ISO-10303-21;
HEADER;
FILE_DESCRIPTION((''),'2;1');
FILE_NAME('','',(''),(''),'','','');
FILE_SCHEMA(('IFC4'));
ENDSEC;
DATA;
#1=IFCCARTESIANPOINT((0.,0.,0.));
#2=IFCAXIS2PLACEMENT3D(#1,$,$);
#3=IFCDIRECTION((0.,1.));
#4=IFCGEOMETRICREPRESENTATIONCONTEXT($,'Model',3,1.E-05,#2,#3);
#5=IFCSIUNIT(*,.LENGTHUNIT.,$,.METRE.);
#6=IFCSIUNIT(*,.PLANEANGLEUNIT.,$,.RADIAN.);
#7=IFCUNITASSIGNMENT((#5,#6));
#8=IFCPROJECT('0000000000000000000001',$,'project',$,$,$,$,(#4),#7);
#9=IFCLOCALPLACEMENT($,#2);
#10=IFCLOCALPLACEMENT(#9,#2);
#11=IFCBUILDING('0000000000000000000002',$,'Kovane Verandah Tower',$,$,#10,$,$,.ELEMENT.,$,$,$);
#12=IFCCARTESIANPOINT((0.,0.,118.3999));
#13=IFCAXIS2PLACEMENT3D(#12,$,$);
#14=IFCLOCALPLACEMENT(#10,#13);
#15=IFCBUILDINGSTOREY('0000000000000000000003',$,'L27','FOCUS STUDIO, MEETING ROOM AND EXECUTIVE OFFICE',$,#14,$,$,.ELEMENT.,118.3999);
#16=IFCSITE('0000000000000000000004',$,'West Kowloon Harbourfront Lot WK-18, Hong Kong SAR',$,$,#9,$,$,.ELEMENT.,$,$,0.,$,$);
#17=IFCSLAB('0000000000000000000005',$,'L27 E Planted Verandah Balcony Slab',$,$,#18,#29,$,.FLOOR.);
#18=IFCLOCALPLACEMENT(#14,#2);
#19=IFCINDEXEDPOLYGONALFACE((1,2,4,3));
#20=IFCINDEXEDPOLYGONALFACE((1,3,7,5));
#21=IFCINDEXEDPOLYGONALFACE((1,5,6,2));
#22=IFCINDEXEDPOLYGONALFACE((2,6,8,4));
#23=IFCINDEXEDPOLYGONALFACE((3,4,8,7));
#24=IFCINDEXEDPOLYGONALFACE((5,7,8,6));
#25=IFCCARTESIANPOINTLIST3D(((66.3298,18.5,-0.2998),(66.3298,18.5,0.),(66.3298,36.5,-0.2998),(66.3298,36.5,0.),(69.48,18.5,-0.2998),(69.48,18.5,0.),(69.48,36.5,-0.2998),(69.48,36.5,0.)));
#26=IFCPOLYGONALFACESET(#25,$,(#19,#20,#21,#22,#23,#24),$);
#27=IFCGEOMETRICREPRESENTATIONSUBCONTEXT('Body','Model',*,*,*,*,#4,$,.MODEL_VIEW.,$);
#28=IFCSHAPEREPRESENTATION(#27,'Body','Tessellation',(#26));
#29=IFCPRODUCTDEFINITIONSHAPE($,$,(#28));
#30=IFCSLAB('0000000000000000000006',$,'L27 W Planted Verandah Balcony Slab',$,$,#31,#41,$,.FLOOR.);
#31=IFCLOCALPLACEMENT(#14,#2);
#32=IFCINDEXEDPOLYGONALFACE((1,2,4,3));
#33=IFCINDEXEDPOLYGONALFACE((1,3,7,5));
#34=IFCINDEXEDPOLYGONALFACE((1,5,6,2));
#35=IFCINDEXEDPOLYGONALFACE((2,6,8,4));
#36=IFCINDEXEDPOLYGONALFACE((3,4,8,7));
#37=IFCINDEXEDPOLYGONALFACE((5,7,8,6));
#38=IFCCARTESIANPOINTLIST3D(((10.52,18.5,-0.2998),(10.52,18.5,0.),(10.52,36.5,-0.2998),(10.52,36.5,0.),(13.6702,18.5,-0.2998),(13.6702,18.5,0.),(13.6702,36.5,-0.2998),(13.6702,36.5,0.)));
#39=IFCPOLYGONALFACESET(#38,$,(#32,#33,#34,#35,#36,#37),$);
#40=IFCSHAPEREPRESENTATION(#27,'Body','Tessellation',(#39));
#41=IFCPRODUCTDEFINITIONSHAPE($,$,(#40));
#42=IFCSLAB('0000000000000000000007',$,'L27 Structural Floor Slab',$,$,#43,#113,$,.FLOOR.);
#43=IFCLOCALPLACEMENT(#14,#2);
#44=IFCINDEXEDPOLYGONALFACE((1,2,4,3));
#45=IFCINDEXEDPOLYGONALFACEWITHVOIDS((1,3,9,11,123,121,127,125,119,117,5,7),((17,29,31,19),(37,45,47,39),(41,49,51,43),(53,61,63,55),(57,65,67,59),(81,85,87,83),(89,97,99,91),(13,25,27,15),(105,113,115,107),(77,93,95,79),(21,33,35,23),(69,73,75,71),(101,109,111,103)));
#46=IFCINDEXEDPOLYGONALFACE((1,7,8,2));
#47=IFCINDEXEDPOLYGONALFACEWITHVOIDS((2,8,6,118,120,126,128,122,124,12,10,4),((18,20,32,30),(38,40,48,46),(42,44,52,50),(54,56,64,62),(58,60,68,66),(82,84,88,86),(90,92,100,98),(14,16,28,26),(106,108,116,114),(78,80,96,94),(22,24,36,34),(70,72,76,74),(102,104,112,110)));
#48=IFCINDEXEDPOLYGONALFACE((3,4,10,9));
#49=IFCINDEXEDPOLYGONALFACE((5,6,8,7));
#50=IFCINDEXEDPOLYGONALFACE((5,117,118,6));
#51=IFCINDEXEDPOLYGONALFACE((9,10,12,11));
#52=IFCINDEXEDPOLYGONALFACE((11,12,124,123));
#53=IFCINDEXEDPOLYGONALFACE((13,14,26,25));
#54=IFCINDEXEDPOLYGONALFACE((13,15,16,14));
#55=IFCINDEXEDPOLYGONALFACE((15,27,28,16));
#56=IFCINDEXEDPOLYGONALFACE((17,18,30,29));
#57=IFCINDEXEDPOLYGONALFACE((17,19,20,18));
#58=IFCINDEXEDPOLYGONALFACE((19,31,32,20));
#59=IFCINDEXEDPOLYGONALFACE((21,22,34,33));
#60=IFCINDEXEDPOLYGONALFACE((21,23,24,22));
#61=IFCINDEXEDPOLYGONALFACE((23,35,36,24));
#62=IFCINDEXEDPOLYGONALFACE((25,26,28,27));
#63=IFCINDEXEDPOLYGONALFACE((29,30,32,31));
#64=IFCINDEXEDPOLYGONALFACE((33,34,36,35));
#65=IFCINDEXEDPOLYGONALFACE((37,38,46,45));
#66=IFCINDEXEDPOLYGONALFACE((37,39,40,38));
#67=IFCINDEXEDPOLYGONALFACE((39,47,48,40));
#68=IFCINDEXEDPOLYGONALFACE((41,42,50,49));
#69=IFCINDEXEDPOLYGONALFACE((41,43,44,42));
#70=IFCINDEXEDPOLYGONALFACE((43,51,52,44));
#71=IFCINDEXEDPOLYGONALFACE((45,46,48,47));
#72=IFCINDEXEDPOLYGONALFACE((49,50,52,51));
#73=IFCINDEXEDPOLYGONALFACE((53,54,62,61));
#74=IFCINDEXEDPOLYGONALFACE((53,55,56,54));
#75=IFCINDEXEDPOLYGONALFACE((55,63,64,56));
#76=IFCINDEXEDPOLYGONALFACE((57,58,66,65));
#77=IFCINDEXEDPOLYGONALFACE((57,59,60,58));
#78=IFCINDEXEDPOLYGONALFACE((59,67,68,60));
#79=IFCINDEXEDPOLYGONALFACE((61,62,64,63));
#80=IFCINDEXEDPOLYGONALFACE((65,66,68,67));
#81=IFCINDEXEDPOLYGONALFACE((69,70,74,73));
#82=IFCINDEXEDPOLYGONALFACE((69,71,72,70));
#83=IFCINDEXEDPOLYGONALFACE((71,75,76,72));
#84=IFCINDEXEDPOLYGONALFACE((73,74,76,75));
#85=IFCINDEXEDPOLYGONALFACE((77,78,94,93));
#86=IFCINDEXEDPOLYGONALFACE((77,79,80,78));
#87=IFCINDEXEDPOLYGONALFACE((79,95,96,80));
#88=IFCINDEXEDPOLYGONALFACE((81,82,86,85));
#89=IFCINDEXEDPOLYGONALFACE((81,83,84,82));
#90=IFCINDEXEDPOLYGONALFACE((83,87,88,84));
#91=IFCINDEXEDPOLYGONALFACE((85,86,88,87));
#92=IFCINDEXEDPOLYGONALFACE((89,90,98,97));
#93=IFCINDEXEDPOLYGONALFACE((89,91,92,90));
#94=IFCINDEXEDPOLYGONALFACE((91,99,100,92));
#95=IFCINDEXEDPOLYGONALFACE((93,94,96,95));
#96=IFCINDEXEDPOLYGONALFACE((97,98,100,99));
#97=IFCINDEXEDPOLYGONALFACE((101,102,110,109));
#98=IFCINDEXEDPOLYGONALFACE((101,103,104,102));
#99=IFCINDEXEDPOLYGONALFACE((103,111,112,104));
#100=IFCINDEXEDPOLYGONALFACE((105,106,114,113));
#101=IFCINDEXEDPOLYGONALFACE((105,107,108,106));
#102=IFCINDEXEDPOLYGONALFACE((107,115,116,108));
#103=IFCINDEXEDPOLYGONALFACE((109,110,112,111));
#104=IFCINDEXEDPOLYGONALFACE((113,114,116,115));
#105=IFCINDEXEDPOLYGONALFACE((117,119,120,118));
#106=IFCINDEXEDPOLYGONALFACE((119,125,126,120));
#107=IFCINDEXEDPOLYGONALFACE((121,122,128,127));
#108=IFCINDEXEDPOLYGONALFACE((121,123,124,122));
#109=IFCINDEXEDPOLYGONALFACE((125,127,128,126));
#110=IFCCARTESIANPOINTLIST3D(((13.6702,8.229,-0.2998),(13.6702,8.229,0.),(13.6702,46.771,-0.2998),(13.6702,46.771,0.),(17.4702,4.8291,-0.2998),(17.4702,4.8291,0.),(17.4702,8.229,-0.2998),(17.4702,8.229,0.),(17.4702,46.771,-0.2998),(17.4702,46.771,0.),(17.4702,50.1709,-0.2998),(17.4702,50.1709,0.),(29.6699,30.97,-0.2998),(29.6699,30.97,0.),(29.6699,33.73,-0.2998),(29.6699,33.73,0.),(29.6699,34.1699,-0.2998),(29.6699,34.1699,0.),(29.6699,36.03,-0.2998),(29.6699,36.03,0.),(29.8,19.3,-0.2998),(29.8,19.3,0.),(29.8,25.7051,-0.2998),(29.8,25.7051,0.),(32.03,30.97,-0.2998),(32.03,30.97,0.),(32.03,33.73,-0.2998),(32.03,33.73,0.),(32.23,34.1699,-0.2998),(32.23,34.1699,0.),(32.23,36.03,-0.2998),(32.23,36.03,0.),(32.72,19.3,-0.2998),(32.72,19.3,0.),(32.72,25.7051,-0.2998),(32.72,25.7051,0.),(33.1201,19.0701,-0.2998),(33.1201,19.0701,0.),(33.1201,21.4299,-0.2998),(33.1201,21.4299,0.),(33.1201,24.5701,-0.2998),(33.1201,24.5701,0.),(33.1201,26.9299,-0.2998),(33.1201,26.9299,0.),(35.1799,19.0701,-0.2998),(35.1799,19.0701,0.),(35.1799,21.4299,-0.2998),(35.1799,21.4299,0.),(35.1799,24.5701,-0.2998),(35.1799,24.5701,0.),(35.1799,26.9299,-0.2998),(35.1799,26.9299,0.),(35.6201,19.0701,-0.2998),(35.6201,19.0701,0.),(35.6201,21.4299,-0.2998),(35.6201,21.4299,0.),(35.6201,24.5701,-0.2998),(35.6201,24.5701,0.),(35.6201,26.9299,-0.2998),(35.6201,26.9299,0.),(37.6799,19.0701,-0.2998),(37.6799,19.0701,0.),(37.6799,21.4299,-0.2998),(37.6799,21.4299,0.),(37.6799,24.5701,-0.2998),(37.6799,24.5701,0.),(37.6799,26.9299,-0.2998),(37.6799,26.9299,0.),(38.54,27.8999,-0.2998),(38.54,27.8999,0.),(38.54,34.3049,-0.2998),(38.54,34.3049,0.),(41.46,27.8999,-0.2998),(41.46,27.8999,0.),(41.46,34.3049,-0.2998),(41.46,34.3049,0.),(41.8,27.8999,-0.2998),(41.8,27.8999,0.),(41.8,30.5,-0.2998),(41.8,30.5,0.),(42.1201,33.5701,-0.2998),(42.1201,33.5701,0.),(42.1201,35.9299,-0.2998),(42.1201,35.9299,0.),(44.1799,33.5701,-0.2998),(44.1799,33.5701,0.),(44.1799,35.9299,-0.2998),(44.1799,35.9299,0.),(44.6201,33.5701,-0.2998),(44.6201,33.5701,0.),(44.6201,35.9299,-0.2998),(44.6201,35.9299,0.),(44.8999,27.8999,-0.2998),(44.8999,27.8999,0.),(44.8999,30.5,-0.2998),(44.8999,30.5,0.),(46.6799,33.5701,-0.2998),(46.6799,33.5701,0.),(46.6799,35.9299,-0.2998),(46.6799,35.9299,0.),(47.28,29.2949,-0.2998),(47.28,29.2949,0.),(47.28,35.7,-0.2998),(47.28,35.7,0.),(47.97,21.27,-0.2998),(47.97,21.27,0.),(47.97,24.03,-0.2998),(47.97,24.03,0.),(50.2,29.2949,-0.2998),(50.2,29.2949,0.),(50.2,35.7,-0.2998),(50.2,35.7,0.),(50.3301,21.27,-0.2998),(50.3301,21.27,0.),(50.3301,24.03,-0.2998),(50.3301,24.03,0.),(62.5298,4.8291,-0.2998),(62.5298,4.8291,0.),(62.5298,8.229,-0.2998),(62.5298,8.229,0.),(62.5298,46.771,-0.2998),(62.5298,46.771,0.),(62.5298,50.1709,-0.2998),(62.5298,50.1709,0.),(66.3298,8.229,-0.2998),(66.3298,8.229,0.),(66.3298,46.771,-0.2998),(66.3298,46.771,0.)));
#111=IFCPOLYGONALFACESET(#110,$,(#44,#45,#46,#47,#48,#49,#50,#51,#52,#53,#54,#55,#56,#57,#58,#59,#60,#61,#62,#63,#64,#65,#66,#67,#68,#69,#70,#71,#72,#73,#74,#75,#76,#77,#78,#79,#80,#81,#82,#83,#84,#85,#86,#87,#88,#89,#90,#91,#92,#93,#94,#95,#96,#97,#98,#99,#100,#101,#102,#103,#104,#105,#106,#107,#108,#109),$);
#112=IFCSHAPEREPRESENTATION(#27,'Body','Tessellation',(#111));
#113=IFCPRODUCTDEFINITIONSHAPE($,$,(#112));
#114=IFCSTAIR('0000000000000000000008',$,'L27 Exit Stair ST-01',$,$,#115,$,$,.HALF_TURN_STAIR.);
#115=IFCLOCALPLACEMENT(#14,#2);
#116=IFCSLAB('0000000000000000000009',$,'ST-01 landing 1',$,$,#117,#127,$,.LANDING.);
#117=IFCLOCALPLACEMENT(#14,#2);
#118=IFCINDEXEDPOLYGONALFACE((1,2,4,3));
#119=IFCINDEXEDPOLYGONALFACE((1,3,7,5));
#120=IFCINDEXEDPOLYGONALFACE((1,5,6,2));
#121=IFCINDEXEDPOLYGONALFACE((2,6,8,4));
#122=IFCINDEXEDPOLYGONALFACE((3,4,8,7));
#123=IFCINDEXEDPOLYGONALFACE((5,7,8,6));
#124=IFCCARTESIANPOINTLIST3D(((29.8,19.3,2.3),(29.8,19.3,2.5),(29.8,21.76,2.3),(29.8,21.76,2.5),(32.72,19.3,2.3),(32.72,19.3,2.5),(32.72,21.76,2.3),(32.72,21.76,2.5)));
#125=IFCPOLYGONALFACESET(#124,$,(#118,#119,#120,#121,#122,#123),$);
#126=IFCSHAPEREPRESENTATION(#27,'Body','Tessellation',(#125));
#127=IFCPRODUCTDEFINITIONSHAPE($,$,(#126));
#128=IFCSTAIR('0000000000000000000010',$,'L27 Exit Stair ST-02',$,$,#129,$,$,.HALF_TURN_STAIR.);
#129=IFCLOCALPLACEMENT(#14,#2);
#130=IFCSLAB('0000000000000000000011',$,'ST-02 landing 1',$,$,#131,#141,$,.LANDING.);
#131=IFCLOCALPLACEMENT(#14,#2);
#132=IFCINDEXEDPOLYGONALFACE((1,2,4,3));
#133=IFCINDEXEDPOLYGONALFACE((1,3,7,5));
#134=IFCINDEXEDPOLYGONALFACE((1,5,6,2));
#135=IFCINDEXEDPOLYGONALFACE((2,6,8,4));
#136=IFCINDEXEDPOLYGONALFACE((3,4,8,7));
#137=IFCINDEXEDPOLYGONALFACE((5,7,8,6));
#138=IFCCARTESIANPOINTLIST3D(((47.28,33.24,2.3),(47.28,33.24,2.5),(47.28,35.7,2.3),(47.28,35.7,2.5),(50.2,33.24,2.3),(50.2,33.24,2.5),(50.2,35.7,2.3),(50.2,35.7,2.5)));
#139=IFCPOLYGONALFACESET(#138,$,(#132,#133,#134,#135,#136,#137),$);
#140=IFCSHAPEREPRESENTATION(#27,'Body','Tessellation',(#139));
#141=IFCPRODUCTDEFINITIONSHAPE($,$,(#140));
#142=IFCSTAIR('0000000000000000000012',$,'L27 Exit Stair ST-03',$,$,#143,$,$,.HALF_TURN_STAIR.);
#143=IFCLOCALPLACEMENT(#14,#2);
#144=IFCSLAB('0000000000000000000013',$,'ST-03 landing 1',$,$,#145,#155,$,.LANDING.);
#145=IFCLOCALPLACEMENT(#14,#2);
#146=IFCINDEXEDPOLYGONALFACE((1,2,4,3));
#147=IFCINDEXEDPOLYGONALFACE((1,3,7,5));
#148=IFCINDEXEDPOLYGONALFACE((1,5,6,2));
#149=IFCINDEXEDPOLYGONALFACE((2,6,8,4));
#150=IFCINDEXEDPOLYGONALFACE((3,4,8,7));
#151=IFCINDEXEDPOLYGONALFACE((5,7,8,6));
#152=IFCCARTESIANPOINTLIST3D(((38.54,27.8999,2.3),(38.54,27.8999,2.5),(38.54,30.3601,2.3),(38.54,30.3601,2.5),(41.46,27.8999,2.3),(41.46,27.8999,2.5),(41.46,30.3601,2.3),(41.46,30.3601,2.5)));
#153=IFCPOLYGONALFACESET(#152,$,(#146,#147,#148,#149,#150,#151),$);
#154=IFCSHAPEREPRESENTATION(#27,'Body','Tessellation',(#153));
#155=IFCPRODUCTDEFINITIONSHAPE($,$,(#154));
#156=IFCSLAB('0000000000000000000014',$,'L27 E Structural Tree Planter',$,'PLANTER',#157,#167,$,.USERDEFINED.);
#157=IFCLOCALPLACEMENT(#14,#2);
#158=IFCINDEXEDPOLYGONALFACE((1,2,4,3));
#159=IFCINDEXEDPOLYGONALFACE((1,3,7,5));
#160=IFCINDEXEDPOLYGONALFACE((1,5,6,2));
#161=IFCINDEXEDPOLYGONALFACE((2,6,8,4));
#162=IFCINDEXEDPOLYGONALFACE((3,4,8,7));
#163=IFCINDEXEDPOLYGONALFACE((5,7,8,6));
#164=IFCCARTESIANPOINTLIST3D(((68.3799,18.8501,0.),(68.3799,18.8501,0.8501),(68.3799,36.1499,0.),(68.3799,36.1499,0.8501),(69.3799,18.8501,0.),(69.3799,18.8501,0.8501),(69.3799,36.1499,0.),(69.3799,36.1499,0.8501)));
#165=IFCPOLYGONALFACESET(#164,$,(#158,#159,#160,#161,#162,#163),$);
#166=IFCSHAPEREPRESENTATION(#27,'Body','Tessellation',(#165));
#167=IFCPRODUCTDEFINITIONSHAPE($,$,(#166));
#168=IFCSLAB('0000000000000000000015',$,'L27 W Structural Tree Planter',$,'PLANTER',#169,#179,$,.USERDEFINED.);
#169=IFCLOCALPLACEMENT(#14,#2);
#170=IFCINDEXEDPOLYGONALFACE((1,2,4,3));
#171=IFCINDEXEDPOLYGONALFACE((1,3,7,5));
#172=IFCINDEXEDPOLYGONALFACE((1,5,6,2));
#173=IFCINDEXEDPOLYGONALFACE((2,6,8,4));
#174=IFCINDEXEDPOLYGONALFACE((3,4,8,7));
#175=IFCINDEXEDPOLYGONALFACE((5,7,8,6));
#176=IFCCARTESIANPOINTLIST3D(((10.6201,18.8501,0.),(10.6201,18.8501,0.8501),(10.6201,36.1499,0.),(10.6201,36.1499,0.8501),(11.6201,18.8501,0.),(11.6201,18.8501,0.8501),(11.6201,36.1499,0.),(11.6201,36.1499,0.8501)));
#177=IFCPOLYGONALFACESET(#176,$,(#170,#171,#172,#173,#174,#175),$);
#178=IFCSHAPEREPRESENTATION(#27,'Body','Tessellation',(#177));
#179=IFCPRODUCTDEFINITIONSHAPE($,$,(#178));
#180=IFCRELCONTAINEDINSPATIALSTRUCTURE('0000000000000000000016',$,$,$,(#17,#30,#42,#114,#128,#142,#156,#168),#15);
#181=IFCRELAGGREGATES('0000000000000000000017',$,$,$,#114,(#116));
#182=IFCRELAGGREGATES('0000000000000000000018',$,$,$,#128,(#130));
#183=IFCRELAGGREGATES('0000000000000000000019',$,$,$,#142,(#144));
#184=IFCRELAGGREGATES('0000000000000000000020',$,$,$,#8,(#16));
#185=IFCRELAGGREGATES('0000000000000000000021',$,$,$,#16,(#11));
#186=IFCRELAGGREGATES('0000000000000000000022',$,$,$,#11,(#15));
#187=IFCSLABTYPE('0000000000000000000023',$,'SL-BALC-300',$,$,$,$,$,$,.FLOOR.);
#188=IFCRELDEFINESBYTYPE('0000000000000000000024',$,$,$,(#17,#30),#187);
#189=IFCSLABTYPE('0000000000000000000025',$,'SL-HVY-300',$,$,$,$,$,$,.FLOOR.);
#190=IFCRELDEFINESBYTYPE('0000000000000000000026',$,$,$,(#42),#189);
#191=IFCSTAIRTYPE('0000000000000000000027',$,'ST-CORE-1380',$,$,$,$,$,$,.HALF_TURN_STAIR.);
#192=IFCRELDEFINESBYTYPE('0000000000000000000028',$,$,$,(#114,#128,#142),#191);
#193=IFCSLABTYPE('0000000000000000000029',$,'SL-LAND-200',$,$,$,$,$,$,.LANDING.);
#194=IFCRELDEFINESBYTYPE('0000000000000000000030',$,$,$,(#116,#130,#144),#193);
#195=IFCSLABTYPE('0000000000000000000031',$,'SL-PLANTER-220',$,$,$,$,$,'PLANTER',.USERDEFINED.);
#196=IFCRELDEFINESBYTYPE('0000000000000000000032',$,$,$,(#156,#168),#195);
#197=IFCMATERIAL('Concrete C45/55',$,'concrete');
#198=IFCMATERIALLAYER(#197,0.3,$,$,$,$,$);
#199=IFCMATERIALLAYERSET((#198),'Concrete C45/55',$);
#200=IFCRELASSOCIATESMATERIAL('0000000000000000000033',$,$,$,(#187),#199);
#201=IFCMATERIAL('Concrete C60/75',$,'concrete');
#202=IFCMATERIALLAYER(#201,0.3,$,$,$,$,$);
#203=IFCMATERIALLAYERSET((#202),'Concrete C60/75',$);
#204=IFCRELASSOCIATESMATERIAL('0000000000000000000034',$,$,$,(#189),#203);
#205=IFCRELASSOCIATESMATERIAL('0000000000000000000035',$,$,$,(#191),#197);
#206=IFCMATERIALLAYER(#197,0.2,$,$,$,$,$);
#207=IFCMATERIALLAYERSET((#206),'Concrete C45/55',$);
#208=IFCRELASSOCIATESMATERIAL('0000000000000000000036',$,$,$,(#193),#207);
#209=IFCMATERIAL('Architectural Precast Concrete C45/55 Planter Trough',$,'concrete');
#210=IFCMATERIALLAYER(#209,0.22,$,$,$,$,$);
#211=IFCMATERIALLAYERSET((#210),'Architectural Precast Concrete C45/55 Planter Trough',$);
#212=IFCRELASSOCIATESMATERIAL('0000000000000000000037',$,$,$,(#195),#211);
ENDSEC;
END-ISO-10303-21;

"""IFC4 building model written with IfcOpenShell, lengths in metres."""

from ifc_helpers import new_model, si_unit, direction, frame, origin, place, context, subcontext, project, spatial, polyline, outline, extrude, material, layer, layer_set, type_object, element, aggregate, save


model = new_model("IFC4")

# Units and contexts
model_context = context("Model", 3, precision=1e-05, world=origin(), true_north=direction((0.0, 1.0)))
body_context = subcontext(model_context, "Body", "Model", "MODEL_VIEW")
ifc_project = project(units=[si_unit("LENGTHUNIT", "METRE"), si_unit("PLANEANGLEUNIT", "RADIAN")], contexts=[model_context])

# Site, building, storey
site_placement = place(None, origin())
site = spatial("IfcSite", under=ifc_project, at=site_placement, Name="West Kowloon Harbourfront Lot WK-18, Hong Kong SAR", CompositionType="ELEMENT", RefElevation=0.0)
building_placement = place(site_placement, origin())
building = spatial("IfcBuilding", under=site, at=building_placement, Name="Kovane Verandah Tower", CompositionType="ELEMENT")
storey_placement = place(building_placement, frame((0.0, 0.0, 118.3999)))
storey = spatial("IfcBuildingStorey", under=building, at=storey_placement, Name="L27", Description="FOCUS STUDIO, MEETING ROOM AND EXECUTIVE OFFICE", CompositionType="ELEMENT", Elevation=118.3999)

# Slabs
ifc_material_1 = material(Name="Concrete C45/55", Category="concrete")
ifc_layer_1 = layer(ifc_material_1, 0.3)
ifc_layer_set_1 = layer_set([ifc_layer_1], Name="Concrete C45/55")
slab_type_1 = type_object("IfcSlabType", Name="SL-BALC-300", PredefinedType="FLOOR", material=ifc_layer_set_1)
slab_1_placement = place(storey_placement, frame((0.0, 0.0, -0.2998)))
element("IfcSlab", 1, at=slab_1_placement, inside=storey, type_object=slab_type_1, Name="L27 E Planted Verandah Balcony Slab", PredefinedType="FLOOR", context=body_context, shape_type="SweptSolid", body=[
    extrude(outline(polyline([(66.3298, 18.5), (69.48, 18.5), (69.48, 36.5), (66.3298, 36.5), (66.3298, 18.5)])), origin(), (0.0, 0.0, 1.0), 0.2998),
])
slab_2_placement = place(storey_placement, frame((0.0, 0.0, -0.2998)))
element("IfcSlab", 2, at=slab_2_placement, inside=storey, type_object=slab_type_1, Name="L27 W Planted Verandah Balcony Slab", PredefinedType="FLOOR", context=body_context, shape_type="SweptSolid", body=[
    extrude(outline(polyline([(10.52, 18.5), (13.6702, 18.5), (13.6702, 36.5), (10.52, 36.5), (10.52, 18.5)])), origin(), (0.0, 0.0, 1.0), 0.2998),
])
ifc_material_2 = material(Name="Concrete C60/75", Category="concrete")
ifc_layer_2 = layer(ifc_material_2, 0.3)
ifc_layer_set_2 = layer_set([ifc_layer_2], Name="Concrete C60/75")
slab_type_2 = type_object("IfcSlabType", Name="SL-HVY-300", PredefinedType="FLOOR", material=ifc_layer_set_2)
slab_3_placement = place(storey_placement, frame((0.0, 0.0, -0.2998)))
element("IfcSlab", 3, at=slab_3_placement, inside=storey, type_object=slab_type_2, Name="L27 Structural Floor Slab", PredefinedType="FLOOR", context=body_context, shape_type="SweptSolid", body=[
    extrude(outline(polyline([(17.4702, 4.8291), (62.5298, 4.8291), (62.5298, 8.229), (66.3298, 8.229), (66.3298, 46.771), (62.5298, 46.771), (62.5298, 50.1709), (17.4702, 50.1709), (17.4702, 46.771), (13.6702, 46.771), (13.6702, 8.229), (17.4702, 8.229), (17.4702, 4.8291)]), holes=[polyline([(29.8, 19.3), (32.72, 19.3), (32.72, 25.7051), (29.8, 25.7051), (29.8, 19.3)]), polyline([(47.28, 29.2949), (50.2, 29.2949), (50.2, 35.7), (47.28, 35.7), (47.28, 29.2949)]), polyline([(38.54, 27.8999), (41.46, 27.8999), (41.46, 34.3049), (38.54, 34.3049), (38.54, 27.8999)]), polyline([(29.6699, 30.97), (32.03, 30.97), (32.03, 33.73), (29.6699, 33.73), (29.6699, 30.97)]), polyline([(47.97, 21.27), (50.3301, 21.27), (50.3301, 24.03), (47.97, 24.03), (47.97, 21.27)]), polyline([(29.6699, 34.1699), (32.23, 34.1699), (32.23, 36.03), (29.6699, 36.03), (29.6699, 34.1699)]), polyline([(33.1201, 19.0701), (35.1799, 19.0701), (35.1799, 21.4299), (33.1201, 21.4299), (33.1201, 19.0701)]), polyline([(35.6201, 19.0701), (37.6799, 19.0701), (37.6799, 21.4299), (35.6201, 21.4299), (35.6201, 19.0701)]), polyline([(33.1201, 24.5701), (35.1799, 24.5701), (35.1799, 26.9299), (33.1201, 26.9299), (33.1201, 24.5701)]), polyline([(35.6201, 24.5701), (37.6799, 24.5701), (37.6799, 26.9299), (35.6201, 26.9299), (35.6201, 24.5701)]), polyline([(42.1201, 33.5701), (44.1799, 33.5701), (44.1799, 35.9299), (42.1201, 35.9299), (42.1201, 33.5701)]), polyline([(44.6201, 33.5701), (46.6799, 33.5701), (46.6799, 35.9299), (44.6201, 35.9299), (44.6201, 33.5701)]), polyline([(41.8, 27.8999), (44.8999, 27.8999), (44.8999, 30.5), (41.8, 30.5), (41.8, 27.8999)])]), origin(), (0.0, 0.0, 1.0), 0.2998),
])

# Stairs, slabs
stair_type = type_object("IfcStairType", Name="ST-CORE-1380", PredefinedType="HALF_TURN_STAIR", material=ifc_material_1)
stair_1_placement = place(storey_placement, origin())
stair_1 = element("IfcStair", 4, at=stair_1_placement, inside=storey, type_object=stair_type, Name="L27 Exit Stair ST-01", PredefinedType="HALF_TURN_STAIR")
ifc_layer_3 = layer(ifc_material_1, 0.2)
ifc_layer_set_3 = layer_set([ifc_layer_3], Name="Concrete C45/55")
slab_type_3 = type_object("IfcSlabType", Name="SL-LAND-200", PredefinedType="LANDING", material=ifc_layer_set_3)
slab_4_placement = place(storey_placement, frame((0.0, 0.0, 2.3)))
slab_4 = element("IfcSlab", 5, at=slab_4_placement, type_object=slab_type_3, Name="ST-01 landing 1", PredefinedType="LANDING", context=body_context, shape_type="SweptSolid", body=[
    extrude(outline(polyline([(29.8, 21.76), (29.8, 19.3), (32.72, 19.3), (32.72, 21.76), (29.8, 21.76)])), origin(), (0.0, 0.0, 1.0), 0.2),
])
aggregate(stair_1, [slab_4])
stair_2_placement = place(storey_placement, origin())
stair_2 = element("IfcStair", 6, at=stair_2_placement, inside=storey, type_object=stair_type, Name="L27 Exit Stair ST-02", PredefinedType="HALF_TURN_STAIR")
slab_5_placement = place(storey_placement, frame((0.0, 0.0, 2.3)))
slab_5 = element("IfcSlab", 7, at=slab_5_placement, type_object=slab_type_3, Name="ST-02 landing 1", PredefinedType="LANDING", context=body_context, shape_type="SweptSolid", body=[
    extrude(outline(polyline([(50.2, 33.24), (50.2, 35.7), (47.28, 35.7), (47.28, 33.24), (50.2, 33.24)])), origin(), (0.0, 0.0, 1.0), 0.2),
])
aggregate(stair_2, [slab_5])
stair_3_placement = place(storey_placement, origin())
stair_3 = element("IfcStair", 8, at=stair_3_placement, inside=storey, type_object=stair_type, Name="L27 Exit Stair ST-03", PredefinedType="HALF_TURN_STAIR")
slab_6_placement = place(storey_placement, frame((0.0, 0.0, 2.3)))
slab_6 = element("IfcSlab", 9, at=slab_6_placement, type_object=slab_type_3, Name="ST-03 landing 1", PredefinedType="LANDING", context=body_context, shape_type="SweptSolid", body=[
    extrude(outline(polyline([(38.54, 30.3601), (38.54, 27.8999), (41.46, 27.8999), (41.46, 30.3601), (38.54, 30.3601)])), origin(), (0.0, 0.0, 1.0), 0.2),
])
aggregate(stair_3, [slab_6])

# Slabs
ifc_material_3 = material(Name="Architectural Precast Concrete C45/55 Planter Trough", Category="concrete")
ifc_layer_4 = layer(ifc_material_3, 0.22)
ifc_layer_set_4 = layer_set([ifc_layer_4], Name="Architectural Precast Concrete C45/55 Planter Trough")
slab_type_4 = type_object("IfcSlabType", Name="SL-PLANTER-220", ElementType="PLANTER", PredefinedType="USERDEFINED", material=ifc_layer_set_4)
slab_7_placement = place(storey_placement, origin())
element("IfcSlab", 10, at=slab_7_placement, inside=storey, type_object=slab_type_4, Name="L27 E Structural Tree Planter", ObjectType="PLANTER", PredefinedType="USERDEFINED", context=body_context, shape_type="SweptSolid", body=[
    extrude(outline(polyline([(68.3799, 18.8501), (69.3799, 18.8501), (69.3799, 36.1499), (68.3799, 36.1499), (68.3799, 18.8501)])), origin(), (0.0, 0.0, 1.0), 0.8501),
])
slab_8_placement = place(storey_placement, origin())
element("IfcSlab", 11, at=slab_8_placement, inside=storey, type_object=slab_type_4, Name="L27 W Structural Tree Planter", ObjectType="PLANTER", PredefinedType="USERDEFINED", context=body_context, shape_type="SweptSolid", body=[
    extrude(outline(polyline([(10.6201, 18.8501), (11.6201, 18.8501), (11.6201, 36.1499), (10.6201, 36.1499), (10.6201, 18.8501)])), origin(), (0.0, 0.0, 1.0), 0.8501),
])

save(model, "model.ifc")
